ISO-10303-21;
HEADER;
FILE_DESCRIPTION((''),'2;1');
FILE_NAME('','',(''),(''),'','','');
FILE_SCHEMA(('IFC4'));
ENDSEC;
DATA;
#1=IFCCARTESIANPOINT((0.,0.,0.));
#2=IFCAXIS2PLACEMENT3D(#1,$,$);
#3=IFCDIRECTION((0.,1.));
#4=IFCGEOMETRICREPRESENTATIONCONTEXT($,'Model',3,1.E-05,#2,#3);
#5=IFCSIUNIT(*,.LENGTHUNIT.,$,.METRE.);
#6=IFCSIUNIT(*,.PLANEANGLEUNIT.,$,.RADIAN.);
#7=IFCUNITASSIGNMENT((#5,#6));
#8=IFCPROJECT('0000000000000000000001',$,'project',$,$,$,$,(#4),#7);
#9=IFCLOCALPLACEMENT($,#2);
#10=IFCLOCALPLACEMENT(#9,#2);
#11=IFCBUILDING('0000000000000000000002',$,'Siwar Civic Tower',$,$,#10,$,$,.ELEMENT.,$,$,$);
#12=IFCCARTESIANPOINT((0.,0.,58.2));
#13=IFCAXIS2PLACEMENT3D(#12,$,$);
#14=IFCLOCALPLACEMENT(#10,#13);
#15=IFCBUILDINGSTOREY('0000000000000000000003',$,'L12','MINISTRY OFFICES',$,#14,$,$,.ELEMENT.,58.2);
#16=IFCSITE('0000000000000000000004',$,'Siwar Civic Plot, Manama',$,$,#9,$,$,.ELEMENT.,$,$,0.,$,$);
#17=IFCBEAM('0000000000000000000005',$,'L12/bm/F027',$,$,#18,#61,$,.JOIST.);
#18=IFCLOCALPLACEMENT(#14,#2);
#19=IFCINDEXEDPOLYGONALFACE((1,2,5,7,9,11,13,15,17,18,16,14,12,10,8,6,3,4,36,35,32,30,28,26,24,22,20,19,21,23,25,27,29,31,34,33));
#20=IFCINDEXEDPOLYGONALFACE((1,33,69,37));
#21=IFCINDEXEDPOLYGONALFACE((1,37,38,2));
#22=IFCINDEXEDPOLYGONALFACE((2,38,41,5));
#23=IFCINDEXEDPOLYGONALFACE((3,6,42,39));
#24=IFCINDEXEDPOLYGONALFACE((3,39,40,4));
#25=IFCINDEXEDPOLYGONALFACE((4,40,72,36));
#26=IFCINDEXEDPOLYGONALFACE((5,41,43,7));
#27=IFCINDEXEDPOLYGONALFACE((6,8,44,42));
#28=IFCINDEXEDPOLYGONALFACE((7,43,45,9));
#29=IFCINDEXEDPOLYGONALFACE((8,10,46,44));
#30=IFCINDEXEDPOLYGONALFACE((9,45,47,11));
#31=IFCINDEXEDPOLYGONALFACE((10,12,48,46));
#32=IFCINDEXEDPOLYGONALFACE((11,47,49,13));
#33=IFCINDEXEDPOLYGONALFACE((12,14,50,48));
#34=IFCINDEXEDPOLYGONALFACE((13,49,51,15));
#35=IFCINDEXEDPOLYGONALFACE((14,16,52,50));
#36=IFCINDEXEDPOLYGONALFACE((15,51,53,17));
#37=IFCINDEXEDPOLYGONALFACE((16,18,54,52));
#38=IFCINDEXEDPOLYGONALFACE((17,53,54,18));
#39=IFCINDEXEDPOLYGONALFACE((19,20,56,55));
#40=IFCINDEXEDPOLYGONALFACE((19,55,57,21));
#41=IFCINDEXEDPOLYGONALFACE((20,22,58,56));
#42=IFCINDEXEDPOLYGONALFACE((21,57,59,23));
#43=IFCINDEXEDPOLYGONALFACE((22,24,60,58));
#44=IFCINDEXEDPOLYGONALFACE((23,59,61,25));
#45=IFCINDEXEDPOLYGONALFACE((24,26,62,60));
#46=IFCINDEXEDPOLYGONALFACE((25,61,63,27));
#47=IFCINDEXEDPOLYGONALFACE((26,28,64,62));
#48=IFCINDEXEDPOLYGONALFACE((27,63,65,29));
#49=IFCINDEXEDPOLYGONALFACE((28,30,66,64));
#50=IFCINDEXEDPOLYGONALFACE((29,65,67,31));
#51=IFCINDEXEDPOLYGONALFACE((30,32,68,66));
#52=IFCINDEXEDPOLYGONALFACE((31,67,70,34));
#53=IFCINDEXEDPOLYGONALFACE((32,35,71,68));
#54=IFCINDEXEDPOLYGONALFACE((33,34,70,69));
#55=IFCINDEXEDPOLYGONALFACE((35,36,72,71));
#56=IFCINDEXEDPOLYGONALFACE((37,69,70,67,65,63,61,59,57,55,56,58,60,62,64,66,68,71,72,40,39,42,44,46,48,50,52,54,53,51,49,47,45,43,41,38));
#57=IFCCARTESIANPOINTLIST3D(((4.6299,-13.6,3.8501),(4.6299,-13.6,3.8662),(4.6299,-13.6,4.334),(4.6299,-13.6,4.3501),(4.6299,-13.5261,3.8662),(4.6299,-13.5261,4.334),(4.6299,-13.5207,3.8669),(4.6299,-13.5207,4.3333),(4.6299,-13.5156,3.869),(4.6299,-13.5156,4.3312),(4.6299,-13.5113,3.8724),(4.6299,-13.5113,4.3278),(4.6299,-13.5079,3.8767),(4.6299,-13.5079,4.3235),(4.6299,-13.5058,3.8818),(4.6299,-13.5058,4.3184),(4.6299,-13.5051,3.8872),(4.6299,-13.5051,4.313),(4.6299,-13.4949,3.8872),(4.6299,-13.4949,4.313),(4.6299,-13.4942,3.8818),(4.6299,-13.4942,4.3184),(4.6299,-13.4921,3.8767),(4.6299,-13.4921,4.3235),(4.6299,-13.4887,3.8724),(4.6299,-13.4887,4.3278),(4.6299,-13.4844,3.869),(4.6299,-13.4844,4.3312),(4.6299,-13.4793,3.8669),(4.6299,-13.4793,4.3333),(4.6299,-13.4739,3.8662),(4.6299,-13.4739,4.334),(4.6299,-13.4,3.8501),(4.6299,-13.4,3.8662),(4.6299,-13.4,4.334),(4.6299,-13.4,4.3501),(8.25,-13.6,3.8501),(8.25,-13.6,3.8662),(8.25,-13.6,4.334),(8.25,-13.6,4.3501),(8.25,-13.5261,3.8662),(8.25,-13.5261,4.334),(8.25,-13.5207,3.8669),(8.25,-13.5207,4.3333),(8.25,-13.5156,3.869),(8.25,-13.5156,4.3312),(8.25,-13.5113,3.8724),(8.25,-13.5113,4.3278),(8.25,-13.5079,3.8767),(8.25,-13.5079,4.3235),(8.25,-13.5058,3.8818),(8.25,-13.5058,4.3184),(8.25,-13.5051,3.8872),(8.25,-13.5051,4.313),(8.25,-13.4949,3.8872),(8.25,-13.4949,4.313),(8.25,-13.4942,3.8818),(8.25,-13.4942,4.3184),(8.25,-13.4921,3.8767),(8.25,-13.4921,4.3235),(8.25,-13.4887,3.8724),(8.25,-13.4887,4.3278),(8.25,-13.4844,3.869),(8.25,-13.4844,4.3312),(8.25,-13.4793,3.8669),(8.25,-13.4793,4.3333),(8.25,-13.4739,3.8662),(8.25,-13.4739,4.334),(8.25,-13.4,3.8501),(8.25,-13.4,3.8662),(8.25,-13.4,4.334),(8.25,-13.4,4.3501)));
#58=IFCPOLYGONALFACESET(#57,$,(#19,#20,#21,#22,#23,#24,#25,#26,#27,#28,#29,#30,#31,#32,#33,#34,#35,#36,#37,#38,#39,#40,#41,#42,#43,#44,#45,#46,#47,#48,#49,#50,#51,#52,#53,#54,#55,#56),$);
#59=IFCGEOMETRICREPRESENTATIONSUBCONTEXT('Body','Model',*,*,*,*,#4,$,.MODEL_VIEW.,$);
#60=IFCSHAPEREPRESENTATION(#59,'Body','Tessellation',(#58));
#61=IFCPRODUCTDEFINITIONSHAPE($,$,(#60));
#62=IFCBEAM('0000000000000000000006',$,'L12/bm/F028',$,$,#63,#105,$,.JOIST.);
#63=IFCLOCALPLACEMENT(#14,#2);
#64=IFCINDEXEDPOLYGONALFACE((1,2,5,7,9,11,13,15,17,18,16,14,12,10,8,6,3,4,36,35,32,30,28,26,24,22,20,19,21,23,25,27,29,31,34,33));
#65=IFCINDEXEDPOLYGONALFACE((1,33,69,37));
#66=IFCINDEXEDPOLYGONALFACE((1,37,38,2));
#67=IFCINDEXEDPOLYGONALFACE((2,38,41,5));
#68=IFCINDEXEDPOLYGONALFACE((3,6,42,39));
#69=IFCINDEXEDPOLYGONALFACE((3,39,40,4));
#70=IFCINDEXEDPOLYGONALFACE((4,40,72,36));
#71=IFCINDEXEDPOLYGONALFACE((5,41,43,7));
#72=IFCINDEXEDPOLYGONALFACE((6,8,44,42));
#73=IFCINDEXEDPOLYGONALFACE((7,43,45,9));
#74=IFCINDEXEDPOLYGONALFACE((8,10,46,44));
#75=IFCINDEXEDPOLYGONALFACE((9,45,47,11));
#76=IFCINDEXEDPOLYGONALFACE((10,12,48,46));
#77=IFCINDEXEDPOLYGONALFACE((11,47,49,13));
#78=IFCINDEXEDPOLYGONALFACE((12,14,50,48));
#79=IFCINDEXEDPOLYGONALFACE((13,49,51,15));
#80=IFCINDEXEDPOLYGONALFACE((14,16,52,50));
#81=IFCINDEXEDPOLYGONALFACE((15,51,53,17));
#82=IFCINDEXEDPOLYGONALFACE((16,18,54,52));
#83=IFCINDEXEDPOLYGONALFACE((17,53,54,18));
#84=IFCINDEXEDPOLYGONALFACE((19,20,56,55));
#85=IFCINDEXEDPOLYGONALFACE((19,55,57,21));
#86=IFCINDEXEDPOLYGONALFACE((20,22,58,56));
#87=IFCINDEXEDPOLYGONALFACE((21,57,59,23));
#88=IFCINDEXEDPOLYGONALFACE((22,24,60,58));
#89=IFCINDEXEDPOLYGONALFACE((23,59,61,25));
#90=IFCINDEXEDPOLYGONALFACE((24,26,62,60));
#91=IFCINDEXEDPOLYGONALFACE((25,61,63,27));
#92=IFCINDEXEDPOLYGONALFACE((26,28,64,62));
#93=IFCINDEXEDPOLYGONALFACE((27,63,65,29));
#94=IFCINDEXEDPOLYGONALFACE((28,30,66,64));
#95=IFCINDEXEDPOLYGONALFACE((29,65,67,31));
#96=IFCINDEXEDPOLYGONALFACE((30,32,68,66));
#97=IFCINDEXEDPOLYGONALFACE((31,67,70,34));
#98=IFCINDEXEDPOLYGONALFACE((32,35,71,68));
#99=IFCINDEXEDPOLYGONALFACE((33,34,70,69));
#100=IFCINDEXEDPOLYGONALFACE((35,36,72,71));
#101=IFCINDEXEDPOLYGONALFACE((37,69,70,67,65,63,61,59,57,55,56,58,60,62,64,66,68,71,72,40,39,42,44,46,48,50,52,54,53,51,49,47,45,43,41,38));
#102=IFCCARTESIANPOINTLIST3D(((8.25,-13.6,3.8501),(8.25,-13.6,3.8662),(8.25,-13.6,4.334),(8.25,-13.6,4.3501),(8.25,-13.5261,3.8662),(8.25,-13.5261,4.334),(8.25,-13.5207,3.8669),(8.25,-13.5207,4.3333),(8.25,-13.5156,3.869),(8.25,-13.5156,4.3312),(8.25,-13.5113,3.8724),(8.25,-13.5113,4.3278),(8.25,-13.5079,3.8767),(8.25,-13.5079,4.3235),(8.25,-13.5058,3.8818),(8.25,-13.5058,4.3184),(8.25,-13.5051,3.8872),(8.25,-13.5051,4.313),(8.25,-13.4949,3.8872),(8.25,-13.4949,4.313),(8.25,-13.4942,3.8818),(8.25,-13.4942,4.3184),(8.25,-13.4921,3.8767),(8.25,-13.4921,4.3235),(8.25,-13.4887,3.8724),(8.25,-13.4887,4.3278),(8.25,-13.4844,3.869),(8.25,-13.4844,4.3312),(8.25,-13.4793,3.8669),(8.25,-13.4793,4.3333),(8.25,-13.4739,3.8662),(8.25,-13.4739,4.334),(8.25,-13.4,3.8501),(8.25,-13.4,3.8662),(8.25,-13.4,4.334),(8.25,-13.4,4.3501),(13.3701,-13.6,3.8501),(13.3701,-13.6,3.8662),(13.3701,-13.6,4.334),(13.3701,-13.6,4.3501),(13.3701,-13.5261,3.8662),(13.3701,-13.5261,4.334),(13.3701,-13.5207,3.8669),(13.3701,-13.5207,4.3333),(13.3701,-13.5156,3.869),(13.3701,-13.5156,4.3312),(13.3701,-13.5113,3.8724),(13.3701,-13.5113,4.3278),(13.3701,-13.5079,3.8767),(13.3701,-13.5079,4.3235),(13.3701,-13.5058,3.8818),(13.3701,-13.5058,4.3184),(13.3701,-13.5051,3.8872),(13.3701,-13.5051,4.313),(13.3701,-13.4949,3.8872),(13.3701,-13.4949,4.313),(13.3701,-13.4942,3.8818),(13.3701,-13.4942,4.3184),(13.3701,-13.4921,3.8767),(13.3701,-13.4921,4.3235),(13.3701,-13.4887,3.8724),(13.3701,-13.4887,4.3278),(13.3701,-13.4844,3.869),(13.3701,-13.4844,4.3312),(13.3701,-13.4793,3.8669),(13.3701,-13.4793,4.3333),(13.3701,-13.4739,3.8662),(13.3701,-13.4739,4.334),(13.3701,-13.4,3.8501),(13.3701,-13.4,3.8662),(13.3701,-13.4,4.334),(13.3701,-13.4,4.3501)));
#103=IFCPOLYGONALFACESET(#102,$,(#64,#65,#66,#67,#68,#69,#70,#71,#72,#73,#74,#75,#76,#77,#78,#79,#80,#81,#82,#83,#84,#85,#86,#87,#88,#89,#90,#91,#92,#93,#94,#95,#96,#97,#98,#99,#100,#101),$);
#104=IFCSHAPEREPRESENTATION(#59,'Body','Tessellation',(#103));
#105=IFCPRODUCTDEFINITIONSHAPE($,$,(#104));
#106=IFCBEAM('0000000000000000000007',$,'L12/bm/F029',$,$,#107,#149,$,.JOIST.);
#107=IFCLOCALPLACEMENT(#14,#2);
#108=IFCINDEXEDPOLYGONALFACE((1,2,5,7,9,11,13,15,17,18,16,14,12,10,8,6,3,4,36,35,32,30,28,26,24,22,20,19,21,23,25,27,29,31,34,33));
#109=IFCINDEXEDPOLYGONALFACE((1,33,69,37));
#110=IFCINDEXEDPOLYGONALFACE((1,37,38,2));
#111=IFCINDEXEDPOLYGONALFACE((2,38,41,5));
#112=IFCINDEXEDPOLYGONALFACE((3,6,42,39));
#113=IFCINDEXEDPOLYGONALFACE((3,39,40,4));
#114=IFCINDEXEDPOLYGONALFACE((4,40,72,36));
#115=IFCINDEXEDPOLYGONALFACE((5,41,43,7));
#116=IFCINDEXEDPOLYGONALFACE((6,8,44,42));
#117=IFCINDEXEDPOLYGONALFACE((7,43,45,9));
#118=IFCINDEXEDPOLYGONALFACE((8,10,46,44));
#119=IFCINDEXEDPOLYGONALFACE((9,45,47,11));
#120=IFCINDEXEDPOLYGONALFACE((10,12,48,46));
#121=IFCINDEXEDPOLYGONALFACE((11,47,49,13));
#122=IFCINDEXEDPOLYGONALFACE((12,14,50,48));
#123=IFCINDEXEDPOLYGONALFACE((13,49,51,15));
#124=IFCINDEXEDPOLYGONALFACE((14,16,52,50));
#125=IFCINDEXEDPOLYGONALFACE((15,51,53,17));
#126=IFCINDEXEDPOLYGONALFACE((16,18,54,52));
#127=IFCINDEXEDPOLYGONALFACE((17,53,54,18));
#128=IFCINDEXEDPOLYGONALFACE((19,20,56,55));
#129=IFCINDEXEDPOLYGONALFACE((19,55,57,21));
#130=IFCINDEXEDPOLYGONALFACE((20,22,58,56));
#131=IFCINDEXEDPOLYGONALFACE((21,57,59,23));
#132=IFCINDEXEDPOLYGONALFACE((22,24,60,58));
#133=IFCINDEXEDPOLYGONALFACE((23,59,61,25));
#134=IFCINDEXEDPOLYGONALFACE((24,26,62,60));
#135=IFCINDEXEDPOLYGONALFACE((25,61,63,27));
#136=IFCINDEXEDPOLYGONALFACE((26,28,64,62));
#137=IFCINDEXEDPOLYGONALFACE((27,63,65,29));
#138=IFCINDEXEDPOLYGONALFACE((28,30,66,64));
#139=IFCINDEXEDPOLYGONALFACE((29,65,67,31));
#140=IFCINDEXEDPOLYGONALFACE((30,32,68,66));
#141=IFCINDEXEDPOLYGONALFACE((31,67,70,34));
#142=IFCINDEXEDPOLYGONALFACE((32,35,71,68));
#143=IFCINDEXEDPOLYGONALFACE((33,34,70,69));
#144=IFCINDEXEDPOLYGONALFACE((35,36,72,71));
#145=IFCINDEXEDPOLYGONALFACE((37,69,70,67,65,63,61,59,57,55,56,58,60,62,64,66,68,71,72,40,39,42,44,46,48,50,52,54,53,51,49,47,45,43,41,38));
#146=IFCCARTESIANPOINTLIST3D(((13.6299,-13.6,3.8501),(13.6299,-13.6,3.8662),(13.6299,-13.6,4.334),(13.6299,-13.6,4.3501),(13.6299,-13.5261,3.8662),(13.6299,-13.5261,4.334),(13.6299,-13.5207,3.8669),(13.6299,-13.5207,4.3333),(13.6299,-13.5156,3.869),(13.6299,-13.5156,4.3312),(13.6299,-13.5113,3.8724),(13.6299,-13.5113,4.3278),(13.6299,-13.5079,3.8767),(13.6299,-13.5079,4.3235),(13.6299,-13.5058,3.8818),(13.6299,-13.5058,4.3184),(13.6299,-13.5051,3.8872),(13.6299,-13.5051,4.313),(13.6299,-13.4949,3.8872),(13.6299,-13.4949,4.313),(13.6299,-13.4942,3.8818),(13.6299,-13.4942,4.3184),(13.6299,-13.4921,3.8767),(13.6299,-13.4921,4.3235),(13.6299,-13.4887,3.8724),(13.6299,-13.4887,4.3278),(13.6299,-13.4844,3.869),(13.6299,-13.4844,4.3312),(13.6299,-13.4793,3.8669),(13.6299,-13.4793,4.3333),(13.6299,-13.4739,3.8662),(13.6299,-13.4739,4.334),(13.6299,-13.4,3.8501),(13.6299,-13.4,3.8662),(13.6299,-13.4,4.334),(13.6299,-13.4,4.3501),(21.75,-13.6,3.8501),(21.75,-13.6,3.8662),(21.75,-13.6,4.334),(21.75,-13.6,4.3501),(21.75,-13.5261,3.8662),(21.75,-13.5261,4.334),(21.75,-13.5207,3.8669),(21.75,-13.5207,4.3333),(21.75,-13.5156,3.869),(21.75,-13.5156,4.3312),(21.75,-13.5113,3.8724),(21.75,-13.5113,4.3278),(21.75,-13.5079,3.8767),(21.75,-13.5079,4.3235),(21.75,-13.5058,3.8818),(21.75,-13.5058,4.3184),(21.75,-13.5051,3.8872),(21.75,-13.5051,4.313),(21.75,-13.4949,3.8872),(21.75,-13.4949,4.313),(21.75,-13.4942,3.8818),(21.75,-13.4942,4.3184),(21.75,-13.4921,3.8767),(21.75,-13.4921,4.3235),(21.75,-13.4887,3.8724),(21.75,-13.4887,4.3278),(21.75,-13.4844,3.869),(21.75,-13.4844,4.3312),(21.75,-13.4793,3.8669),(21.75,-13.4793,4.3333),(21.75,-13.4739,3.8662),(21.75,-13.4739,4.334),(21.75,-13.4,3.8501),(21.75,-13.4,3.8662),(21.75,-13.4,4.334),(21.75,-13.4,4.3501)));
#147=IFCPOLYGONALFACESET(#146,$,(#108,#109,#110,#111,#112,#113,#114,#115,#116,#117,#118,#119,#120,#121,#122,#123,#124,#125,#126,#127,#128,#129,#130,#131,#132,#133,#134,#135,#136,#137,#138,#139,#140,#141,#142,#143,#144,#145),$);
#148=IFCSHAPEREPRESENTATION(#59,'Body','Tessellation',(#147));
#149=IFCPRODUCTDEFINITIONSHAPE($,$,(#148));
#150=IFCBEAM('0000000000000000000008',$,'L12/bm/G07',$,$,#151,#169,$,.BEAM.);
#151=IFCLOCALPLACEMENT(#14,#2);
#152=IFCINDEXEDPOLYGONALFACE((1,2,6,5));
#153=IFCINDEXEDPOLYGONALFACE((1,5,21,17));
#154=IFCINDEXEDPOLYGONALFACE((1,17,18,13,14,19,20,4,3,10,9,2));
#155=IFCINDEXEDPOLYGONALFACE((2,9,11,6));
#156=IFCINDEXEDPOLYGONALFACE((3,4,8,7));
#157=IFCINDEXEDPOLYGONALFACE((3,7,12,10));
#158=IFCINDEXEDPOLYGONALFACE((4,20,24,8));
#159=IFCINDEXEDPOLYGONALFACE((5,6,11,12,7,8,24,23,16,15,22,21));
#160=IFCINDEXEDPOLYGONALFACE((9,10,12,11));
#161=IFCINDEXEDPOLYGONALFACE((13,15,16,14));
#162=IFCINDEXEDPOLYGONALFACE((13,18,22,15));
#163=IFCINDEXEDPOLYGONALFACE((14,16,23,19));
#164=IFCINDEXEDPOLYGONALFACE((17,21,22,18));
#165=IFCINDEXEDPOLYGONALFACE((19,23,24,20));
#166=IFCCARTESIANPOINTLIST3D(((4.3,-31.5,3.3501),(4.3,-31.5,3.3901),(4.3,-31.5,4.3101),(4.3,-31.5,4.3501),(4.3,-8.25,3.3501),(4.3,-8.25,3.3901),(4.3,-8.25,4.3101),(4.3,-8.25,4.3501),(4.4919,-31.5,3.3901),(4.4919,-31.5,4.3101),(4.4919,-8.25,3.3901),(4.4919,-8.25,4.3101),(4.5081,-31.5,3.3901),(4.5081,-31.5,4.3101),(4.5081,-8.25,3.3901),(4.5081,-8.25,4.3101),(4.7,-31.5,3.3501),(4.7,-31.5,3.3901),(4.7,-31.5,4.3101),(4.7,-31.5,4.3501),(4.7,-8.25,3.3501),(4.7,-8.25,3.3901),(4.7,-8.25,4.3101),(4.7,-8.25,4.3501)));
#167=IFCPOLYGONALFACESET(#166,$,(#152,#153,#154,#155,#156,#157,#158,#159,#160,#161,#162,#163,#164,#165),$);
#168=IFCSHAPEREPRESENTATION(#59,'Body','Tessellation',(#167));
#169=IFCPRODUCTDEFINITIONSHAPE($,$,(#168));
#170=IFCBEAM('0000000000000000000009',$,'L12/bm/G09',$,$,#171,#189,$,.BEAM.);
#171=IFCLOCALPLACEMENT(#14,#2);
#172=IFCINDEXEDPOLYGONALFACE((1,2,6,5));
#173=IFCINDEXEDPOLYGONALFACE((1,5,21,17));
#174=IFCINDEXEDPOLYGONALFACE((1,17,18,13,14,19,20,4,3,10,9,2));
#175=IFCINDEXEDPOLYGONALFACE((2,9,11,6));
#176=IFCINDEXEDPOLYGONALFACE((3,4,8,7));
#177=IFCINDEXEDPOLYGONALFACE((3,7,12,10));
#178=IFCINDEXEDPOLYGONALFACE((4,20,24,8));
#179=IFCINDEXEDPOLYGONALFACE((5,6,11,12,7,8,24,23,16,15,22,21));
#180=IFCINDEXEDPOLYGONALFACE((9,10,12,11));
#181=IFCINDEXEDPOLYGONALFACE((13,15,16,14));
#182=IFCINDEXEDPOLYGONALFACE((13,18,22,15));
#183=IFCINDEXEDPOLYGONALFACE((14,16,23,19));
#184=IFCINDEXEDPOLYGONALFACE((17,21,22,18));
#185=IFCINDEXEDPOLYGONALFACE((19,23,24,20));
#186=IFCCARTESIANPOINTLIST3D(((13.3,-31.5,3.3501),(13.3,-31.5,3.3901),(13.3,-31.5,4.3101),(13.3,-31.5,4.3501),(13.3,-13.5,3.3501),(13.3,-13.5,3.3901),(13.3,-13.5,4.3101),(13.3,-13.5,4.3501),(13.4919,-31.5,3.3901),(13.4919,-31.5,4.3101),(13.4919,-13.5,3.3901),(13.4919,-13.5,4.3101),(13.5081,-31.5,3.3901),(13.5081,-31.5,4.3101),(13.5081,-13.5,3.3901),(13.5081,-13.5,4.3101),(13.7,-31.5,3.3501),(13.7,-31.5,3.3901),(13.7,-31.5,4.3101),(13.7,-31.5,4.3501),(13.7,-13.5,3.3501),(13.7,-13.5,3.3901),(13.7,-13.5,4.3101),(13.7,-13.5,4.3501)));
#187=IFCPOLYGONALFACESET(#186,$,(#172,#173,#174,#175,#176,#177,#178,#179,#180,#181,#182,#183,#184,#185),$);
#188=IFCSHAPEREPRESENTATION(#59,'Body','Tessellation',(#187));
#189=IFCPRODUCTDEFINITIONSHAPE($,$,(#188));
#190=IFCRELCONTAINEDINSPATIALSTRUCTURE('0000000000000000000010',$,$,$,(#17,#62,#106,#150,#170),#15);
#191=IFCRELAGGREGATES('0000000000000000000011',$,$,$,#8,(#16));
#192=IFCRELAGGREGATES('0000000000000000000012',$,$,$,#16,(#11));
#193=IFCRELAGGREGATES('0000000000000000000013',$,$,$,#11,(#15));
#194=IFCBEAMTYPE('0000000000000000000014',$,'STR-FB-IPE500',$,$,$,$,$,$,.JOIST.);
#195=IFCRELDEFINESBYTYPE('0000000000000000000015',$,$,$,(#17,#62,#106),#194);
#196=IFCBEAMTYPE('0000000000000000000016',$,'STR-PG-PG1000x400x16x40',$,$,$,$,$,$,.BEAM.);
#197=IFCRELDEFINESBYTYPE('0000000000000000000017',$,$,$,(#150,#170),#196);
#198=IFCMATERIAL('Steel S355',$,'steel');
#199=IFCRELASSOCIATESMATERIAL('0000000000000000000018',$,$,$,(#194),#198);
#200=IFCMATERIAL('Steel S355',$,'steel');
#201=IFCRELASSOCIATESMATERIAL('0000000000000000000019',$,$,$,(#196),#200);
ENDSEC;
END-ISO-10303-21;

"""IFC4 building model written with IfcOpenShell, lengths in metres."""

from ifc_helpers import new_model, si_unit, direction, frame, origin, origin_2d, place, context, subcontext, project, spatial, i_section, extrude, material, material_profile, profile_set, type_object, element, save


model = new_model("IFC4")

# Units and contexts
model_context = context("Model", 3, precision=1e-05, world=origin(), true_north=direction((0.0, 1.0)))
body_context = subcontext(model_context, "Body", "Model", "MODEL_VIEW")
ifc_project = project(units=[si_unit("LENGTHUNIT", "METRE"), si_unit("PLANEANGLEUNIT", "RADIAN")], contexts=[model_context])

# Site, building, storey
site_placement = place(None, origin())
site = spatial("IfcSite", under=ifc_project, at=site_placement, Name="Siwar Civic Plot, Manama", CompositionType="ELEMENT", RefElevation=0.0)
building_placement = place(site_placement, origin())
building = spatial("IfcBuilding", under=site, at=building_placement, Name="Siwar Civic Tower", CompositionType="ELEMENT")
storey_placement = place(building_placement, frame((0.0, 0.0, 58.2)))
storey = spatial("IfcBuildingStorey", under=building, at=storey_placement, Name="L12", Description="MINISTRY OFFICES", CompositionType="ELEMENT", Elevation=58.2)

# Beams
ifc_material_1 = material(Name="Steel S355", Category="steel")
ifc_material_profile_1 = material_profile(ifc_material_1, i_section(OverallWidth=0.2, OverallDepth=0.5, WebThickness=0.0103, FlangeThickness=0.0161, FilletRadius=0.021, at=origin_2d()), Name="IPE500")
ifc_profile_set_1 = profile_set([ifc_material_profile_1], Name="Steel S355")
beam_type_1 = type_object("IfcBeamType", Name="STR-FB-IPE500", PredefinedType="JOIST", material=ifc_profile_set_1)
beam_1_placement = place(storey_placement, frame((4.6299, -13.5, 4.1001), z_axis=(1.0, 0.0, 0.0), x_axis=(0.0, 1.0, 0.0)))
element("IfcBeam", 1, at=beam_1_placement, inside=storey, type_object=beam_type_1, Name="L12/bm/F027", PredefinedType="JOIST", context=body_context, shape_type="SweptSolid", body=[
    extrude(i_section(OverallWidth=0.2, OverallDepth=0.5, WebThickness=0.0103, FlangeThickness=0.0161, FilletRadius=0.021, at=origin_2d()), origin(), (0.0, 0.0, 1.0), 3.6201),
])
beam_2_placement = place(storey_placement, frame((8.25, -13.5, 4.1001), z_axis=(1.0, 0.0, 0.0), x_axis=(0.0, 1.0, 0.0)))
element("IfcBeam", 2, at=beam_2_placement, inside=storey, type_object=beam_type_1, Name="L12/bm/F028", PredefinedType="JOIST", context=body_context, shape_type="SweptSolid", body=[
    extrude(i_section(OverallWidth=0.2, OverallDepth=0.5, WebThickness=0.0103, FlangeThickness=0.0161, FilletRadius=0.021, at=origin_2d()), origin(), (0.0, 0.0, 1.0), 5.1201),
])
beam_3_placement = place(storey_placement, frame((13.6299, -13.5, 4.1001), z_axis=(1.0, 0.0, 0.0), x_axis=(0.0, 1.0, 0.0)))
element("IfcBeam", 3, at=beam_3_placement, inside=storey, type_object=beam_type_1, Name="L12/bm/F029", PredefinedType="JOIST", context=body_context, shape_type="SweptSolid", body=[
    extrude(i_section(OverallWidth=0.2, OverallDepth=0.5, WebThickness=0.0103, FlangeThickness=0.0161, FilletRadius=0.021, at=origin_2d()), origin(), (0.0, 0.0, 1.0), 8.1201),
])
ifc_material_2 = material(Name="Steel S355", Category="steel")
ifc_material_profile_2 = material_profile(ifc_material_2, i_section(OverallWidth=0.3999, OverallDepth=1.0, WebThickness=0.0161, FlangeThickness=0.04, at=origin_2d()), Name="PG1000x400x16x40")
ifc_profile_set_2 = profile_set([ifc_material_profile_2], Name="Steel S355")
beam_type_2 = type_object("IfcBeamType", Name="STR-PG-PG1000x400x16x40", PredefinedType="BEAM", material=ifc_profile_set_2)
beam_4_placement = place(storey_placement, frame((4.5, -31.5, 3.8501), z_axis=(0.0, 1.0, 0.0), x_axis=(-1.0, 0.0, 0.0)))
element("IfcBeam", 4, at=beam_4_placement, inside=storey, type_object=beam_type_2, Name="L12/bm/G07", PredefinedType="BEAM", context=body_context, shape_type="SweptSolid", body=[
    extrude(i_section(OverallWidth=0.3999, OverallDepth=1.0, WebThickness=0.0161, FlangeThickness=0.04, at=origin_2d()), origin(), (0.0, 0.0, 1.0), 23.25),
])
beam_5_placement = place(storey_placement, frame((13.5, -31.5, 3.8501), z_axis=(0.0, 1.0, 0.0), x_axis=(-1.0, 0.0, 0.0)))
element("IfcBeam", 5, at=beam_5_placement, inside=storey, type_object=beam_type_2, Name="L12/bm/G09", PredefinedType="BEAM", context=body_context, shape_type="SweptSolid", body=[
    extrude(i_section(OverallWidth=0.3999, OverallDepth=1.0, WebThickness=0.0161, FlangeThickness=0.04, at=origin_2d()), origin(), (0.0, 0.0, 1.0), 18.0),
])

save(model, "model.ifc")
